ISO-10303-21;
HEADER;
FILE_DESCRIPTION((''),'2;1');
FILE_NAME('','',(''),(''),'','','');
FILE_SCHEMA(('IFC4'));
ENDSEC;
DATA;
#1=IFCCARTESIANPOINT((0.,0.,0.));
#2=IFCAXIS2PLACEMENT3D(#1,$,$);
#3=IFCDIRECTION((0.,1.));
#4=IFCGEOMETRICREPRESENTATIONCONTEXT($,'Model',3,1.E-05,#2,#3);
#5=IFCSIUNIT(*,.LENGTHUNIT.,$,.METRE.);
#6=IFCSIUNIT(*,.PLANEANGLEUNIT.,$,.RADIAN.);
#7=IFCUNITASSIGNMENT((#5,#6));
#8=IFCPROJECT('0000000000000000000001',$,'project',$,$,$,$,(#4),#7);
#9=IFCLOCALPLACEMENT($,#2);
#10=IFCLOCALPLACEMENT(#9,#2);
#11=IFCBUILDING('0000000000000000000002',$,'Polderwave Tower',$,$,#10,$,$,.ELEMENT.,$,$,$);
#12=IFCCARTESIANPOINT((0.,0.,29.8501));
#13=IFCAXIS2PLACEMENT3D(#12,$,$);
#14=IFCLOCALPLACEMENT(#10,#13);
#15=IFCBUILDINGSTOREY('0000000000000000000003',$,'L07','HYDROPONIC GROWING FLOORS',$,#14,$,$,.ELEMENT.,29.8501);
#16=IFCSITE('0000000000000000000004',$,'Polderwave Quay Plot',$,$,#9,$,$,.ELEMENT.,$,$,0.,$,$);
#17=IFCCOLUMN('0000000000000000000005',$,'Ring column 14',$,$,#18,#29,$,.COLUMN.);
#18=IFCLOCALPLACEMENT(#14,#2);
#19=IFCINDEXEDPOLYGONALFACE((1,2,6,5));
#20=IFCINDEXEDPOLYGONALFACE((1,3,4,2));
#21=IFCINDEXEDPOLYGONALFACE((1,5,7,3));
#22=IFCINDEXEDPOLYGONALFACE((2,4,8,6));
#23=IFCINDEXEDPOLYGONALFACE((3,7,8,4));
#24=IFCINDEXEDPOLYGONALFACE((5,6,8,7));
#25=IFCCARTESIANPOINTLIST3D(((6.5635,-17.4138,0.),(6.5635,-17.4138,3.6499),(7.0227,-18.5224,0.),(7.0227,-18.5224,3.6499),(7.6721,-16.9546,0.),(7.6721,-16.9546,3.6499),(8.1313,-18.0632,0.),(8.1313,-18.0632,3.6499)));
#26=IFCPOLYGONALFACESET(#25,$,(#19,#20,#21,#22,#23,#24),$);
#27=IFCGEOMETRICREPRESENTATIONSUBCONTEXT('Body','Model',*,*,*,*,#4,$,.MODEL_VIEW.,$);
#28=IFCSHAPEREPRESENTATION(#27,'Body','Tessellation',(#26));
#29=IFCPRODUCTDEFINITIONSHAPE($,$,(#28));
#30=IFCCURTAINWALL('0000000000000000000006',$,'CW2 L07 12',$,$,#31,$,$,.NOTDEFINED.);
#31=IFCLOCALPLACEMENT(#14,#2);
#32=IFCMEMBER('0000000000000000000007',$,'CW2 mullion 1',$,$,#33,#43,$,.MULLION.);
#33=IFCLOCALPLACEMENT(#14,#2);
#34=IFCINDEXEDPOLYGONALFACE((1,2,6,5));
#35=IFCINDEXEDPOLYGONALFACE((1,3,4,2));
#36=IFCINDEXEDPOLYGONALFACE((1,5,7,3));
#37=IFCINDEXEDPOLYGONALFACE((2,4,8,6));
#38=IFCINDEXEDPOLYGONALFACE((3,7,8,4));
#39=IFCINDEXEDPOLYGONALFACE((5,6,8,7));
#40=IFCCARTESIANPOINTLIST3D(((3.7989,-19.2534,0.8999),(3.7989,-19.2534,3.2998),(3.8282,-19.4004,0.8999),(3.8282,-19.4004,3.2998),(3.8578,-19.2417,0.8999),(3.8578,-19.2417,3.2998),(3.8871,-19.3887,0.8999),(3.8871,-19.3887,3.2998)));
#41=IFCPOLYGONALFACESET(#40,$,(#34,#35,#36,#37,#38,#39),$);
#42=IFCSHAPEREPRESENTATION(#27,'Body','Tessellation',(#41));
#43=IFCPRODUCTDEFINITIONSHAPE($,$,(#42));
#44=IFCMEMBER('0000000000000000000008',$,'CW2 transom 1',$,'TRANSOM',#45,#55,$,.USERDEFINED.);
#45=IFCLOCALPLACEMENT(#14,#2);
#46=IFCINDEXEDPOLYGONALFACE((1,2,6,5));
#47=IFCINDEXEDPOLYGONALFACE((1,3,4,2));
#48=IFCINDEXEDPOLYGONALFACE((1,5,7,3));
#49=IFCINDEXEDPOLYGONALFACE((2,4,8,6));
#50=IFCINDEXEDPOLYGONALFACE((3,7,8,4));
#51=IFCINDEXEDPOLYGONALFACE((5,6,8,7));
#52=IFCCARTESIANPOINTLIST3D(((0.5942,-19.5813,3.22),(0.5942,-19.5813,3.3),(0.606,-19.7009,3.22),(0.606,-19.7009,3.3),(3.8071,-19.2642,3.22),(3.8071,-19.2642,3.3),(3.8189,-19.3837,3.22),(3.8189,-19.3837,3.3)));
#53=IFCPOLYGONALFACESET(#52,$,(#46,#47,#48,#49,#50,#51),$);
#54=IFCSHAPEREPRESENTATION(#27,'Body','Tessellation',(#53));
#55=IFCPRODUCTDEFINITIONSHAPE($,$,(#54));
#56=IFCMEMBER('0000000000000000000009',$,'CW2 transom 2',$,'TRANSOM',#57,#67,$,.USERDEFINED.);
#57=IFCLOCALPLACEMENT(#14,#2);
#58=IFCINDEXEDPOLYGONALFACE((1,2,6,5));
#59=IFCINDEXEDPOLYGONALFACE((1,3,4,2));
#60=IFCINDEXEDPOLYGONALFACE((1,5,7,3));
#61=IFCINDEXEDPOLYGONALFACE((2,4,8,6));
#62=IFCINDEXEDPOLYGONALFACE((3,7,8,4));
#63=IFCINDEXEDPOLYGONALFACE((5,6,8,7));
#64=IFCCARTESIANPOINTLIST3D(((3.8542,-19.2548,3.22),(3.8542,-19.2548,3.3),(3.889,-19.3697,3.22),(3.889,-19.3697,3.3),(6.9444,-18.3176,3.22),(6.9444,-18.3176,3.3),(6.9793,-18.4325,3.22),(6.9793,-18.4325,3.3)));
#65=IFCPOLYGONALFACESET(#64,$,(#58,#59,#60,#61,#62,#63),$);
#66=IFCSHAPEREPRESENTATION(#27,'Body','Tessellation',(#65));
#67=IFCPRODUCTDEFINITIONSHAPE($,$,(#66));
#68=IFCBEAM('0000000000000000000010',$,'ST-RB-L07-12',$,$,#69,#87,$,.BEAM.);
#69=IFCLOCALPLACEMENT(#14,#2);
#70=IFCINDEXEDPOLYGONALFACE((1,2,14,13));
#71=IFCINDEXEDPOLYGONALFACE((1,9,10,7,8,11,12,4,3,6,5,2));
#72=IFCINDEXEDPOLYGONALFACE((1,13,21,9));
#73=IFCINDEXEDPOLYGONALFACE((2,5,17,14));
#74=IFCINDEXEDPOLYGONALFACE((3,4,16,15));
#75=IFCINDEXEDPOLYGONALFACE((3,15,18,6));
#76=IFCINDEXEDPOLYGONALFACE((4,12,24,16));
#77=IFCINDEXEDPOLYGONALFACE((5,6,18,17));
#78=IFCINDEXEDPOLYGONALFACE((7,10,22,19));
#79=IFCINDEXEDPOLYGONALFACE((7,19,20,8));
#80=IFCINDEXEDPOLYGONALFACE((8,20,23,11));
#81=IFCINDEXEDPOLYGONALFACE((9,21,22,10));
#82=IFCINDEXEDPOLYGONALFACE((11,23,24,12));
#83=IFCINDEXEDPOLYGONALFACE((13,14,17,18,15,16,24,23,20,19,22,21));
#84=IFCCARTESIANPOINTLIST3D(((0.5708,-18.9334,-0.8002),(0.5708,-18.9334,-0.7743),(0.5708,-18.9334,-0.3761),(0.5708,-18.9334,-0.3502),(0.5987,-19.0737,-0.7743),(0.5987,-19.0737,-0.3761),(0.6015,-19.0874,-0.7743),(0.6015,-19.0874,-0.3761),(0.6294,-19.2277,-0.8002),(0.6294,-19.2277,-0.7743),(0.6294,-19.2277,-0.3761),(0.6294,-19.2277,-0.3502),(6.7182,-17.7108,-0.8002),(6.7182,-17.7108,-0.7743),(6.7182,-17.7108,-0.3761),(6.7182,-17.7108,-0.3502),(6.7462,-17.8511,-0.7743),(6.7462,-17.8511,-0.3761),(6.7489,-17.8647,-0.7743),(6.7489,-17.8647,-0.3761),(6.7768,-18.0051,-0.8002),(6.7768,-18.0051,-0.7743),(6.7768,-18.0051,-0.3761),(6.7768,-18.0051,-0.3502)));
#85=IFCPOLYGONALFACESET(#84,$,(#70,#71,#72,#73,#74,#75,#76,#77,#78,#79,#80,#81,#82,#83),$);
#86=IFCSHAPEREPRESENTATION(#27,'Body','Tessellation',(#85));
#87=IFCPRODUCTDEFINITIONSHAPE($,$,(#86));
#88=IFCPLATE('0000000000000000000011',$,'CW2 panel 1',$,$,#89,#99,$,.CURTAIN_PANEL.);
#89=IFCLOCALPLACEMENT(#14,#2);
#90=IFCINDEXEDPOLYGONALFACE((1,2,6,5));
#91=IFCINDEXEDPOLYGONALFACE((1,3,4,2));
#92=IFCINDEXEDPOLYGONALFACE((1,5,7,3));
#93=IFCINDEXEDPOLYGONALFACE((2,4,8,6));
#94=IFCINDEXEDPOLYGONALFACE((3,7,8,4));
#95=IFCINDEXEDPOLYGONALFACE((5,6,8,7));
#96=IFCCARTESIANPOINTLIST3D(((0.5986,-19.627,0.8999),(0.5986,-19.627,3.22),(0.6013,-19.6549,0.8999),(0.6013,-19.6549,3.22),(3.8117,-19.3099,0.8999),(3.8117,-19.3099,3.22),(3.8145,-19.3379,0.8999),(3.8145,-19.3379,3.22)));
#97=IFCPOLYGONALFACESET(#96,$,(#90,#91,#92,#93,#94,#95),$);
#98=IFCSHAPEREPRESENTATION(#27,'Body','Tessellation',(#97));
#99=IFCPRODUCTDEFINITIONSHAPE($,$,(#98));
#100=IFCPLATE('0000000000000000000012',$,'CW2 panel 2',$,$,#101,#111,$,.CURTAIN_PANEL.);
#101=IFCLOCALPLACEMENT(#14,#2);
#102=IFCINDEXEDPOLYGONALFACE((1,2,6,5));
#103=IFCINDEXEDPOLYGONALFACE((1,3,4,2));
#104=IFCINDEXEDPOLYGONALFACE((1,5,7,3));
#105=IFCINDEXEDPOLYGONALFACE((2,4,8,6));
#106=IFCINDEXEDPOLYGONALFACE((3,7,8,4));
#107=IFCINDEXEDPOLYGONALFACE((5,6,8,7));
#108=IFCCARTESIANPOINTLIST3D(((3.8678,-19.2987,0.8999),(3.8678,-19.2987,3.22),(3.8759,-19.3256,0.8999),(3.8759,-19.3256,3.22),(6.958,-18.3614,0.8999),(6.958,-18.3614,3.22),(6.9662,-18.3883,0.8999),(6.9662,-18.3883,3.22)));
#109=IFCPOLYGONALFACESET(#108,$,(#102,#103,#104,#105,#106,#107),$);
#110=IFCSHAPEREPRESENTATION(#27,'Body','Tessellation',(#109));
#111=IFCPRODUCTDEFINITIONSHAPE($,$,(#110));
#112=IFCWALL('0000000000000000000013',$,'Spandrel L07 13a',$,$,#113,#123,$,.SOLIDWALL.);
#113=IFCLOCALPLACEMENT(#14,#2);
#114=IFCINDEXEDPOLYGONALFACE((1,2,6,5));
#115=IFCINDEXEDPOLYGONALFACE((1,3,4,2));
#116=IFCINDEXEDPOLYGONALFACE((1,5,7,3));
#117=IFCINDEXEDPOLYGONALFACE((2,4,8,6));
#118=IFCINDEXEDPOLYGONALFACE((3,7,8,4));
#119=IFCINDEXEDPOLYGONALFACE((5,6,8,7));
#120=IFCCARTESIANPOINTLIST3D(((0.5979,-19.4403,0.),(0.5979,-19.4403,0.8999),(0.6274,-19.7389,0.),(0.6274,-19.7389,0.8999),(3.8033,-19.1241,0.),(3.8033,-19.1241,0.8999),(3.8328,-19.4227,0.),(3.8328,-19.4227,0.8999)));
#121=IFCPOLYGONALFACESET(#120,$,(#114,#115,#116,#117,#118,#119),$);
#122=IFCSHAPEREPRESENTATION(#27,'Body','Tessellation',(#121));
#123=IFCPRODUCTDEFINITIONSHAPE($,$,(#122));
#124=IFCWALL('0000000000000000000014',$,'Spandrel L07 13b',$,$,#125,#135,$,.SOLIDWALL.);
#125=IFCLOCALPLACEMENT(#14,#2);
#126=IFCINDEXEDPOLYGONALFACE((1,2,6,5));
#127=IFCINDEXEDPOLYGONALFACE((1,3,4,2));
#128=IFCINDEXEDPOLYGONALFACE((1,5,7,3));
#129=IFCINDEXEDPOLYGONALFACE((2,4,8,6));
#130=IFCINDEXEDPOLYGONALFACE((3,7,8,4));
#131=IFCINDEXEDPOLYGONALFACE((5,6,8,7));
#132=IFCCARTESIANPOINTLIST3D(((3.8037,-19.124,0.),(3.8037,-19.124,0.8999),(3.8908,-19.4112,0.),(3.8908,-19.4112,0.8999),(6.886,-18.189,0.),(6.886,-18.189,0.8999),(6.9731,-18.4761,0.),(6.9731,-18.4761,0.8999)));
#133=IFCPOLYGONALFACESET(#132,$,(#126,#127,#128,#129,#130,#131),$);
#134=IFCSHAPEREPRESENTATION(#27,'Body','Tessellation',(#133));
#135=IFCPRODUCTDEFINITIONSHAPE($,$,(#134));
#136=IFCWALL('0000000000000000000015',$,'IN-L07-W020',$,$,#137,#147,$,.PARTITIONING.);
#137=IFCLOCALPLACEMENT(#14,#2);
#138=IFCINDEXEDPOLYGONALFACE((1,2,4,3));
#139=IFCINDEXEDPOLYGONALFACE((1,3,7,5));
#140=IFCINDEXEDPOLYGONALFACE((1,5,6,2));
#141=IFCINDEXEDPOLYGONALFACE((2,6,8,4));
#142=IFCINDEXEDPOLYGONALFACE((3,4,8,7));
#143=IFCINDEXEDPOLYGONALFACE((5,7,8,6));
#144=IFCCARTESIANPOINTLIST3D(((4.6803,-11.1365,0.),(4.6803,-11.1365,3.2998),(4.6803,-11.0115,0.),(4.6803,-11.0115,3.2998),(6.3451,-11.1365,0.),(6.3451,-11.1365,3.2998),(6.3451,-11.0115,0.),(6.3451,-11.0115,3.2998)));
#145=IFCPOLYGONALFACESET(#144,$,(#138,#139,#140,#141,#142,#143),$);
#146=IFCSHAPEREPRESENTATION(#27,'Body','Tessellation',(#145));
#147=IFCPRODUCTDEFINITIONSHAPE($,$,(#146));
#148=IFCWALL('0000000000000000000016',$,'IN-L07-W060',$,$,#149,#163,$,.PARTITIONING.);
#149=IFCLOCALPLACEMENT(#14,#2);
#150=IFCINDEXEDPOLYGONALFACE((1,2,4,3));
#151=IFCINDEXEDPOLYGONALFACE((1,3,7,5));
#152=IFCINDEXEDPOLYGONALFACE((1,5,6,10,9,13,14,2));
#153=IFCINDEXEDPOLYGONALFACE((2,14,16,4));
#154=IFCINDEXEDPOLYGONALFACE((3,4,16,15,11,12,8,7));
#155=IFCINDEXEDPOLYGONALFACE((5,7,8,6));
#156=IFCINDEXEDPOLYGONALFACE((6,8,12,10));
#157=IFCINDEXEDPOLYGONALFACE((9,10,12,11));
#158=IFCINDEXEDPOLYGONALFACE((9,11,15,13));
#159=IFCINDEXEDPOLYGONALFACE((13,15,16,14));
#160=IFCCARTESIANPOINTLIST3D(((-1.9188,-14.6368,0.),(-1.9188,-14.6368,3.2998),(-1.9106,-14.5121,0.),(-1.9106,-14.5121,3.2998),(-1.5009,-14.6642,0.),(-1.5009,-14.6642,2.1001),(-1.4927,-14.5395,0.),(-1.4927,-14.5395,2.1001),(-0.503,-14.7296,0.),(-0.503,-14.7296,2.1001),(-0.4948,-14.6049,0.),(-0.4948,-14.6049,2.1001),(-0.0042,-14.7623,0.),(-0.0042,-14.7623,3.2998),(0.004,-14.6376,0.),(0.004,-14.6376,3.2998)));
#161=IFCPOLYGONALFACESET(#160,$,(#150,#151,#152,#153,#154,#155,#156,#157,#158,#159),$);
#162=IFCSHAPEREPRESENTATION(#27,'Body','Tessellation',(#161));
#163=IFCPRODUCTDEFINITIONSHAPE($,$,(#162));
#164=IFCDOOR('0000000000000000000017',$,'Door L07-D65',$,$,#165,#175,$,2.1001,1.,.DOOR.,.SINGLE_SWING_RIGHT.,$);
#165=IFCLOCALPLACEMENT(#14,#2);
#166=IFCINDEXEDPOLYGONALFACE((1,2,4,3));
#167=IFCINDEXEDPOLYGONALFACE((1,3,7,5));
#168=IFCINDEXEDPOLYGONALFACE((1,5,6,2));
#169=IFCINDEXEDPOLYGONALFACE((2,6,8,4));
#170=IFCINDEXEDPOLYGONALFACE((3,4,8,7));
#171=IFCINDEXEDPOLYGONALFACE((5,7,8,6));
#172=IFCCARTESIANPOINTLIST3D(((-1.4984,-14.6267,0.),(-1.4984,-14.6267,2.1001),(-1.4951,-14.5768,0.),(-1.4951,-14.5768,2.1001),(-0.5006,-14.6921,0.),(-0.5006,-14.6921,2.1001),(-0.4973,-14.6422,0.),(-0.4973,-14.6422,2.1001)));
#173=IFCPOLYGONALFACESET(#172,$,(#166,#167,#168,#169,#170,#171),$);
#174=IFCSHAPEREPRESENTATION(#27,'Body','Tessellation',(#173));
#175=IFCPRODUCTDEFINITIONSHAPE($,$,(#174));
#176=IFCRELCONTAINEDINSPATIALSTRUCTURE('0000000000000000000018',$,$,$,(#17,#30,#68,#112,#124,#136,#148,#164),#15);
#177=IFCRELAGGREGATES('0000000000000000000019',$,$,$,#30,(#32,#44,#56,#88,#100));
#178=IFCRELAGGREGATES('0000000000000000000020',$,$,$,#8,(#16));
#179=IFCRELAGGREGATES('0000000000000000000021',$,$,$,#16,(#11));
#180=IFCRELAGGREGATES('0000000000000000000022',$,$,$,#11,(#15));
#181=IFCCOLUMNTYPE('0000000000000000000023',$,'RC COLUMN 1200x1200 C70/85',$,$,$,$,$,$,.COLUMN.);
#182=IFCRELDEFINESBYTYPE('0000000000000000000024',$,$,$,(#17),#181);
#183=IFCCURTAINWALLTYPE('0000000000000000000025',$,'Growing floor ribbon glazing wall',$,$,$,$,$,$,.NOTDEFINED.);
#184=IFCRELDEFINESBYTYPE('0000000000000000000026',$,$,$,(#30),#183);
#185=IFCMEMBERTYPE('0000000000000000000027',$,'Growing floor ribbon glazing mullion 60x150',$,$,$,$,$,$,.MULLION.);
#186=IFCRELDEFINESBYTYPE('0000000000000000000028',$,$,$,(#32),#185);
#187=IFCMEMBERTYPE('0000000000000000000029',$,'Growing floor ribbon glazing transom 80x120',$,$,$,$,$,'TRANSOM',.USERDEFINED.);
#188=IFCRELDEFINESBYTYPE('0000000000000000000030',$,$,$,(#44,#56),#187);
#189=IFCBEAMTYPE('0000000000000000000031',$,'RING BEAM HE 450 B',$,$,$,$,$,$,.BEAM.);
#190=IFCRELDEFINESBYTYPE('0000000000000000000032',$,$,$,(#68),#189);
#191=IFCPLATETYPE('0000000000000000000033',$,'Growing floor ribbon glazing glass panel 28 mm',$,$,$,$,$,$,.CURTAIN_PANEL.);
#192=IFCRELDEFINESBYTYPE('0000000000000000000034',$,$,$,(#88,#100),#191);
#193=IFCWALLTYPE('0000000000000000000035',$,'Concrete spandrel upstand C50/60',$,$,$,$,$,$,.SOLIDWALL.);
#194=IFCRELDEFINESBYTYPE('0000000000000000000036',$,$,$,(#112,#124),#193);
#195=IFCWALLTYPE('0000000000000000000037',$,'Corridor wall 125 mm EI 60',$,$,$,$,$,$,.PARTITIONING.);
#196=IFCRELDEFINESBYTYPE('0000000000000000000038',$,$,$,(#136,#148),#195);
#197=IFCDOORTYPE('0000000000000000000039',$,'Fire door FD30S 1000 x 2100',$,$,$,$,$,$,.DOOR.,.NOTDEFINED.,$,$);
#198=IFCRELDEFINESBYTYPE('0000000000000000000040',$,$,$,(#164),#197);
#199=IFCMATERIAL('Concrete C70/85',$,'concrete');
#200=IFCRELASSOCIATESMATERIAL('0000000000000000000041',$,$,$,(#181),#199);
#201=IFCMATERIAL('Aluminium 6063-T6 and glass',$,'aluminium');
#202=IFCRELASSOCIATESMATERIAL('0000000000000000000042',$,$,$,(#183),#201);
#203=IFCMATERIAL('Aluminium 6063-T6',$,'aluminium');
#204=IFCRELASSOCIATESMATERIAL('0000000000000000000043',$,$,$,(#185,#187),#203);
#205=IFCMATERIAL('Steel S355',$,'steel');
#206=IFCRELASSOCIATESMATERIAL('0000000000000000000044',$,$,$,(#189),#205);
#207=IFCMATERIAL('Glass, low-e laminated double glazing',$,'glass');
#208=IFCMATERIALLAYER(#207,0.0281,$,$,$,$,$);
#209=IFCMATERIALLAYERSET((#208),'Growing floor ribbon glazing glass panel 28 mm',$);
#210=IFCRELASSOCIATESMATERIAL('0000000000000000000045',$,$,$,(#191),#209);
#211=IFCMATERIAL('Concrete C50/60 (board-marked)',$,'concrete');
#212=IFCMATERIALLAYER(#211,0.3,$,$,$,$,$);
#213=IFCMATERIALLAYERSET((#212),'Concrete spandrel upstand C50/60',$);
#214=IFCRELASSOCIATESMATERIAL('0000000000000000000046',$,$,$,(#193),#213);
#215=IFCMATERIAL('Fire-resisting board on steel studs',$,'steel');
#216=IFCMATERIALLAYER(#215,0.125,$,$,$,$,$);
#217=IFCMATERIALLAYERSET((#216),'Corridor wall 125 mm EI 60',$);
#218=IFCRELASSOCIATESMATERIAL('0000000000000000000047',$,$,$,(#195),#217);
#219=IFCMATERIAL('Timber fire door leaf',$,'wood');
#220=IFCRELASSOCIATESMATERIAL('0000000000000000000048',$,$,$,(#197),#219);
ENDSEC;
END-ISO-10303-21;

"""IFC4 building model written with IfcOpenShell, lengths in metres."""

from ifc_helpers import new_model, si_unit, direction, frame, frame_2d, origin, origin_2d, place, context, subcontext, project, spatial, rectangle, i_section, extrude, material, layer, layer_set, material_profile, profile_set, type_object, element, fill, aggregate, save


model = new_model("IFC4")

# Units and contexts
model_context = context("Model", 3, precision=1e-05, world=origin(), true_north=direction((0.0, 1.0)))
body_context = subcontext(model_context, "Body", "Model", "MODEL_VIEW")
ifc_project = project(units=[si_unit("LENGTHUNIT", "METRE"), si_unit("PLANEANGLEUNIT", "RADIAN")], contexts=[model_context])

# Site, building, storey
site_placement = place(None, origin())
site = spatial("IfcSite", under=ifc_project, at=site_placement, Name="Polderwave Quay Plot", CompositionType="ELEMENT", RefElevation=0.0)
building_placement = place(site_placement, origin())
building = spatial("IfcBuilding", under=site, at=building_placement, Name="Polderwave Tower", CompositionType="ELEMENT")
storey_placement = place(building_placement, frame((0.0, 0.0, 29.8501)))
storey = spatial("IfcBuildingStorey", under=building, at=storey_placement, Name="L07", Description="HYDROPONIC GROWING FLOORS", CompositionType="ELEMENT", Elevation=29.8501)

# Column
ifc_material_1 = material(Name="Concrete C70/85", Category="concrete")
ifc_material_profile_1 = material_profile(ifc_material_1, rectangle(XDim=1.2, YDim=1.2, at=origin_2d()), Name="RC 1200x1200")
ifc_profile_set_1 = profile_set([ifc_material_profile_1], Name="Concrete C70/85")
column_type = type_object("IfcColumnType", Name="RC COLUMN 1200x1200 C70/85", PredefinedType="COLUMN", material=ifc_profile_set_1)
column_placement = place(storey_placement, frame((7.3474, -17.7385, 0.0), z_axis=(0.0, 0.0, 1.0), x_axis=(0.382683, -0.92388, 0.0)))
element("IfcColumn", 1, at=column_placement, inside=storey, type_object=column_type, Name="Ring column 14", PredefinedType="COLUMN", context=body_context, shape_type="SweptSolid", body=[
    extrude(rectangle(XDim=1.2, YDim=1.2, at=origin_2d()), origin(), (0.0, 0.0, 1.0), 3.6499),
])

# Curtain wall, members
ifc_material_2 = material(Name="Aluminium 6063-T6 and glass", Category="aluminium")
curtain_wall_type = type_object("IfcCurtainWallType", Name="Growing floor ribbon glazing wall", PredefinedType="NOTDEFINED", material=ifc_material_2)
curtain_wall_placement = place(storey_placement, origin())
curtain_wall = element("IfcCurtainWall", 2, at=curtain_wall_placement, inside=storey, type_object=curtain_wall_type, Name="CW2 L07 12", PredefinedType="NOTDEFINED")
ifc_material_3 = material(Name="Aluminium 6063-T6", Category="aluminium")
ifc_material_profile_2 = material_profile(ifc_material_3, rectangle(XDim=0.1499, YDim=0.0601, at=origin_2d()), Name="AL 60x150")
ifc_profile_set_2 = profile_set([ifc_material_profile_2], Name="Aluminium 6063-T6")
member_type_1 = type_object("IfcMemberType", Name="Growing floor ribbon glazing mullion 60x150", PredefinedType="MULLION", material=ifc_profile_set_2)
member_1_placement = place(storey_placement, frame((3.843, -19.321, 0.8999), z_axis=(0.0, 0.0, 1.0), x_axis=(-0.195159, 0.980772, 0.0)))
member_1 = element("IfcMember", 3, at=member_1_placement, type_object=member_type_1, Name="CW2 mullion 1", PredefinedType="MULLION", context=body_context, shape_type="SweptSolid", body=[
    extrude(rectangle(XDim=0.1499, YDim=0.0601, at=origin_2d()), origin(), (0.0, 0.0, 1.0), 2.3999),
])
ifc_material_profile_3 = material_profile(ifc_material_3, rectangle(XDim=0.1201, YDim=0.0801, at=origin_2d()), Name="AL 80x120")
ifc_profile_set_3 = profile_set([ifc_material_profile_3], Name="Aluminium 6063-T6")
member_type_2 = type_object("IfcMemberType", Name="Growing floor ribbon glazing transom 80x120", ElementType="TRANSOM", PredefinedType="USERDEFINED", material=ifc_profile_set_3)
member_2_placement = place(storey_placement, frame((0.6001, -19.6411, 3.26), z_axis=(0.995164, 0.098231, 0.0), x_axis=(-0.098231, 0.995164, 0.0)))
member_2 = element("IfcMember", 4, at=member_2_placement, type_object=member_type_2, Name="CW2 transom 1", ObjectType="TRANSOM", PredefinedType="USERDEFINED", context=body_context, shape_type="SweptSolid", body=[
    extrude(rectangle(XDim=0.1201, YDim=0.0801, at=origin_2d()), origin(), (0.0, 0.0, 1.0), 3.2285),
])
member_3_placement = place(storey_placement, frame((3.8716, -19.3123, 3.26), z_axis=(0.956956, 0.290232, 0.0), x_axis=(-0.290232, 0.956956, 0.0)))
member_3 = element("IfcMember", 5, at=member_3_placement, type_object=member_type_2, Name="CW2 transom 2", ObjectType="TRANSOM", PredefinedType="USERDEFINED", context=body_context, shape_type="SweptSolid", body=[
    extrude(rectangle(XDim=0.1201, YDim=0.0801, at=origin_2d()), origin(), (0.0, 0.0, 1.0), 3.2292),
])

# Beam
ifc_material_4 = material(Name="Steel S355", Category="steel")
ifc_material_profile_4 = material_profile(ifc_material_4, i_section(OverallWidth=0.3, OverallDepth=0.45, WebThickness=0.0139, FlangeThickness=0.0259, at=origin_2d()), Name="HE 450 B")
ifc_profile_set_4 = profile_set([ifc_material_profile_4], Name="Steel S355")
beam_type = type_object("IfcBeamType", Name="RING BEAM HE 450 B", PredefinedType="BEAM", material=ifc_profile_set_4)
beam_placement = place(storey_placement, frame((0.6001, -19.0806, -0.5752), z_axis=(0.98079, 0.195067, 0.0), x_axis=(-0.195067, 0.98079, 0.0)))
element("IfcBeam", 6, at=beam_placement, inside=storey, type_object=beam_type, Name="ST-RB-L07-12", PredefinedType="BEAM", context=body_context, shape_type="SweptSolid", body=[
    extrude(i_section(OverallWidth=0.3, OverallDepth=0.45, WebThickness=0.0139, FlangeThickness=0.0259, at=origin_2d()), origin(), (0.0, 0.0, 1.0), 6.2678),
])

# Plates
ifc_material_5 = material(Name="Glass, low-e laminated double glazing", Category="glass")
ifc_layer_1 = layer(ifc_material_5, 0.0281)
ifc_layer_set_1 = layer_set([ifc_layer_1], Name="Growing floor ribbon glazing glass panel 28 mm")
plate_type = type_object("IfcPlateType", Name="Growing floor ribbon glazing glass panel 28 mm", PredefinedType="CURTAIN_PANEL", material=ifc_layer_set_1)
plate_1_placement = place(storey_placement, frame((2.2065, -19.4824, 0.8999), z_axis=(0.0, 0.0, 1.0), x_axis=(0.995167, 0.098198, 0.0)))
plate_1 = element("IfcPlate", 7, at=plate_1_placement, type_object=plate_type, Name="CW2 panel 1", PredefinedType="CURTAIN_PANEL", context=body_context, shape_type="SweptSolid", body=[
    extrude(rectangle(XDim=3.2288, YDim=0.0281, at=origin_2d()), origin(), (0.0, 0.0, 1.0), 2.3201),
])
plate_2_placement = place(storey_placement, frame((5.417, -18.8435, 0.8999), z_axis=(0.0, 0.0, 1.0), x_axis=(0.956952, 0.290246, 0.0)))
plate_2 = element("IfcPlate", 8, at=plate_2_placement, type_object=plate_type, Name="CW2 panel 2", PredefinedType="CURTAIN_PANEL", context=body_context, shape_type="SweptSolid", body=[
    extrude(rectangle(XDim=3.2292, YDim=0.0281, at=origin_2d()), origin(), (0.0, 0.0, 1.0), 2.3201),
])
aggregate(curtain_wall, [member_1, member_2, member_3, plate_1, plate_2])

# Walls
ifc_material_6 = material(Name="Concrete C50/60 (board-marked)", Category="concrete")
ifc_layer_2 = layer(ifc_material_6, 0.3)
ifc_layer_set_2 = layer_set([ifc_layer_2], Name="Concrete spandrel upstand C50/60")
wall_type_1 = type_object("IfcWallType", Name="Concrete spandrel upstand C50/60", PredefinedType="SOLIDWALL", material=ifc_layer_set_2)
for number, where, z_axis, x_axis, name in (
    (9, (0.6128, -19.5896, 0.0), (0.0, 0.0, 1.0), (0.995171, 0.09816, 0.0), "Spandrel L07 13a"),
    (10, (3.8474, -19.2676, 0.0), (0.0, 0.0, 1.0), (0.956935, 0.290302, 0.0), "Spandrel L07 13b"),
):
    element("IfcWall", number, at=place(storey_placement, frame(where, z_axis=z_axis, x_axis=x_axis)), inside=storey, type_object=wall_type_1, Name=name, PredefinedType="SOLIDWALL", context=body_context, shape_type="SweptSolid", body=[
        extrude(rectangle(XDim=3.2209, YDim=0.3, at=frame_2d((1.6104, 0.0))), origin(), (0.0, 0.0, 1.0), 0.8999),
    ])
ifc_material_7 = material(Name="Fire-resisting board on steel studs", Category="steel")
ifc_layer_3 = layer(ifc_material_7, 0.125)
ifc_layer_set_3 = layer_set([ifc_layer_3], Name="Corridor wall 125 mm EI 60")
wall_type_2 = type_object("IfcWallType", Name="Corridor wall 125 mm EI 60", PredefinedType="PARTITIONING", material=ifc_layer_set_3)
wall_1_placement = place(storey_placement, frame((6.3452, -11.074, 0.0), z_axis=(0.0, 0.0, 1.0), x_axis=(-1.0, 0.0, 0.0)))
element("IfcWall", 11, at=wall_1_placement, inside=storey, type_object=wall_type_2, Name="IN-L07-W020", PredefinedType="PARTITIONING", context=body_context, shape_type="SweptSolid", body=[
    extrude(rectangle(XDim=1.6648, YDim=0.125, at=frame_2d((0.8325, 0.0))), origin(), (0.0, 0.0, 1.0), 3.2998),
])

# Wall, opening, door
wall_2_placement = place(storey_placement, frame((0.0, -14.7, 0.0), z_axis=(0.0, 0.0, 1.0), x_axis=(-0.997859, 0.065404, 0.0)))
wall_2 = element("IfcWall", 12, at=wall_2_placement, inside=storey, type_object=wall_type_2, Name="IN-L07-W060", PredefinedType="PARTITIONING", context=body_context, shape_type="SweptSolid", body=[
    extrude(rectangle(XDim=1.9187, YDim=0.125, at=frame_2d((0.9595, 0.0))), origin(), (0.0, 0.0, 1.0), 3.2998),
])
opening_1_placement = place(wall_2_placement, frame((0.5, 0.0, 0.0)))
opening_1 = element("IfcOpeningElement", 13, at=opening_1_placement, cuts=wall_2, PredefinedType="OPENING", context=body_context, shape_type="SweptSolid", body=[
    extrude(rectangle(XDim=1.0, YDim=2.1001, at=frame_2d((0.5, 1.05))), frame((0.0, 0.0725, 0.0), z_axis=(0.0, -1.0, 0.0), x_axis=(1.0, 0.0, 0.0)), (0.0, 0.0, 1.0), 0.145),
])
ifc_material_8 = material(Name="Timber fire door leaf", Category="wood")
door_type = type_object("IfcDoorType", Name="Fire door FD30S 1000 x 2100", OperationType="NOTDEFINED", PredefinedType="DOOR", material=ifc_material_8)
door_1_placement = place(opening_1_placement, origin())
door_1 = element("IfcDoor", 14, at=door_1_placement, inside=storey, type_object=door_type, Name="Door L07-D65", OperationType="SINGLE_SWING_RIGHT", OverallHeight=2.1001, OverallWidth=1.0, PredefinedType="DOOR", context=body_context, shape_type="SweptSolid", body=[
    extrude(rectangle(XDim=1.0, YDim=2.1001, at=frame_2d((0.5, 1.05))), frame((0.0, 0.0249, 0.0), z_axis=(0.0, -1.0, 0.0), x_axis=(1.0, 0.0, 0.0)), (0.0, 0.0, 1.0), 0.05),
])
fill(opening_1, door_1)

save(model, "model.ifc")
